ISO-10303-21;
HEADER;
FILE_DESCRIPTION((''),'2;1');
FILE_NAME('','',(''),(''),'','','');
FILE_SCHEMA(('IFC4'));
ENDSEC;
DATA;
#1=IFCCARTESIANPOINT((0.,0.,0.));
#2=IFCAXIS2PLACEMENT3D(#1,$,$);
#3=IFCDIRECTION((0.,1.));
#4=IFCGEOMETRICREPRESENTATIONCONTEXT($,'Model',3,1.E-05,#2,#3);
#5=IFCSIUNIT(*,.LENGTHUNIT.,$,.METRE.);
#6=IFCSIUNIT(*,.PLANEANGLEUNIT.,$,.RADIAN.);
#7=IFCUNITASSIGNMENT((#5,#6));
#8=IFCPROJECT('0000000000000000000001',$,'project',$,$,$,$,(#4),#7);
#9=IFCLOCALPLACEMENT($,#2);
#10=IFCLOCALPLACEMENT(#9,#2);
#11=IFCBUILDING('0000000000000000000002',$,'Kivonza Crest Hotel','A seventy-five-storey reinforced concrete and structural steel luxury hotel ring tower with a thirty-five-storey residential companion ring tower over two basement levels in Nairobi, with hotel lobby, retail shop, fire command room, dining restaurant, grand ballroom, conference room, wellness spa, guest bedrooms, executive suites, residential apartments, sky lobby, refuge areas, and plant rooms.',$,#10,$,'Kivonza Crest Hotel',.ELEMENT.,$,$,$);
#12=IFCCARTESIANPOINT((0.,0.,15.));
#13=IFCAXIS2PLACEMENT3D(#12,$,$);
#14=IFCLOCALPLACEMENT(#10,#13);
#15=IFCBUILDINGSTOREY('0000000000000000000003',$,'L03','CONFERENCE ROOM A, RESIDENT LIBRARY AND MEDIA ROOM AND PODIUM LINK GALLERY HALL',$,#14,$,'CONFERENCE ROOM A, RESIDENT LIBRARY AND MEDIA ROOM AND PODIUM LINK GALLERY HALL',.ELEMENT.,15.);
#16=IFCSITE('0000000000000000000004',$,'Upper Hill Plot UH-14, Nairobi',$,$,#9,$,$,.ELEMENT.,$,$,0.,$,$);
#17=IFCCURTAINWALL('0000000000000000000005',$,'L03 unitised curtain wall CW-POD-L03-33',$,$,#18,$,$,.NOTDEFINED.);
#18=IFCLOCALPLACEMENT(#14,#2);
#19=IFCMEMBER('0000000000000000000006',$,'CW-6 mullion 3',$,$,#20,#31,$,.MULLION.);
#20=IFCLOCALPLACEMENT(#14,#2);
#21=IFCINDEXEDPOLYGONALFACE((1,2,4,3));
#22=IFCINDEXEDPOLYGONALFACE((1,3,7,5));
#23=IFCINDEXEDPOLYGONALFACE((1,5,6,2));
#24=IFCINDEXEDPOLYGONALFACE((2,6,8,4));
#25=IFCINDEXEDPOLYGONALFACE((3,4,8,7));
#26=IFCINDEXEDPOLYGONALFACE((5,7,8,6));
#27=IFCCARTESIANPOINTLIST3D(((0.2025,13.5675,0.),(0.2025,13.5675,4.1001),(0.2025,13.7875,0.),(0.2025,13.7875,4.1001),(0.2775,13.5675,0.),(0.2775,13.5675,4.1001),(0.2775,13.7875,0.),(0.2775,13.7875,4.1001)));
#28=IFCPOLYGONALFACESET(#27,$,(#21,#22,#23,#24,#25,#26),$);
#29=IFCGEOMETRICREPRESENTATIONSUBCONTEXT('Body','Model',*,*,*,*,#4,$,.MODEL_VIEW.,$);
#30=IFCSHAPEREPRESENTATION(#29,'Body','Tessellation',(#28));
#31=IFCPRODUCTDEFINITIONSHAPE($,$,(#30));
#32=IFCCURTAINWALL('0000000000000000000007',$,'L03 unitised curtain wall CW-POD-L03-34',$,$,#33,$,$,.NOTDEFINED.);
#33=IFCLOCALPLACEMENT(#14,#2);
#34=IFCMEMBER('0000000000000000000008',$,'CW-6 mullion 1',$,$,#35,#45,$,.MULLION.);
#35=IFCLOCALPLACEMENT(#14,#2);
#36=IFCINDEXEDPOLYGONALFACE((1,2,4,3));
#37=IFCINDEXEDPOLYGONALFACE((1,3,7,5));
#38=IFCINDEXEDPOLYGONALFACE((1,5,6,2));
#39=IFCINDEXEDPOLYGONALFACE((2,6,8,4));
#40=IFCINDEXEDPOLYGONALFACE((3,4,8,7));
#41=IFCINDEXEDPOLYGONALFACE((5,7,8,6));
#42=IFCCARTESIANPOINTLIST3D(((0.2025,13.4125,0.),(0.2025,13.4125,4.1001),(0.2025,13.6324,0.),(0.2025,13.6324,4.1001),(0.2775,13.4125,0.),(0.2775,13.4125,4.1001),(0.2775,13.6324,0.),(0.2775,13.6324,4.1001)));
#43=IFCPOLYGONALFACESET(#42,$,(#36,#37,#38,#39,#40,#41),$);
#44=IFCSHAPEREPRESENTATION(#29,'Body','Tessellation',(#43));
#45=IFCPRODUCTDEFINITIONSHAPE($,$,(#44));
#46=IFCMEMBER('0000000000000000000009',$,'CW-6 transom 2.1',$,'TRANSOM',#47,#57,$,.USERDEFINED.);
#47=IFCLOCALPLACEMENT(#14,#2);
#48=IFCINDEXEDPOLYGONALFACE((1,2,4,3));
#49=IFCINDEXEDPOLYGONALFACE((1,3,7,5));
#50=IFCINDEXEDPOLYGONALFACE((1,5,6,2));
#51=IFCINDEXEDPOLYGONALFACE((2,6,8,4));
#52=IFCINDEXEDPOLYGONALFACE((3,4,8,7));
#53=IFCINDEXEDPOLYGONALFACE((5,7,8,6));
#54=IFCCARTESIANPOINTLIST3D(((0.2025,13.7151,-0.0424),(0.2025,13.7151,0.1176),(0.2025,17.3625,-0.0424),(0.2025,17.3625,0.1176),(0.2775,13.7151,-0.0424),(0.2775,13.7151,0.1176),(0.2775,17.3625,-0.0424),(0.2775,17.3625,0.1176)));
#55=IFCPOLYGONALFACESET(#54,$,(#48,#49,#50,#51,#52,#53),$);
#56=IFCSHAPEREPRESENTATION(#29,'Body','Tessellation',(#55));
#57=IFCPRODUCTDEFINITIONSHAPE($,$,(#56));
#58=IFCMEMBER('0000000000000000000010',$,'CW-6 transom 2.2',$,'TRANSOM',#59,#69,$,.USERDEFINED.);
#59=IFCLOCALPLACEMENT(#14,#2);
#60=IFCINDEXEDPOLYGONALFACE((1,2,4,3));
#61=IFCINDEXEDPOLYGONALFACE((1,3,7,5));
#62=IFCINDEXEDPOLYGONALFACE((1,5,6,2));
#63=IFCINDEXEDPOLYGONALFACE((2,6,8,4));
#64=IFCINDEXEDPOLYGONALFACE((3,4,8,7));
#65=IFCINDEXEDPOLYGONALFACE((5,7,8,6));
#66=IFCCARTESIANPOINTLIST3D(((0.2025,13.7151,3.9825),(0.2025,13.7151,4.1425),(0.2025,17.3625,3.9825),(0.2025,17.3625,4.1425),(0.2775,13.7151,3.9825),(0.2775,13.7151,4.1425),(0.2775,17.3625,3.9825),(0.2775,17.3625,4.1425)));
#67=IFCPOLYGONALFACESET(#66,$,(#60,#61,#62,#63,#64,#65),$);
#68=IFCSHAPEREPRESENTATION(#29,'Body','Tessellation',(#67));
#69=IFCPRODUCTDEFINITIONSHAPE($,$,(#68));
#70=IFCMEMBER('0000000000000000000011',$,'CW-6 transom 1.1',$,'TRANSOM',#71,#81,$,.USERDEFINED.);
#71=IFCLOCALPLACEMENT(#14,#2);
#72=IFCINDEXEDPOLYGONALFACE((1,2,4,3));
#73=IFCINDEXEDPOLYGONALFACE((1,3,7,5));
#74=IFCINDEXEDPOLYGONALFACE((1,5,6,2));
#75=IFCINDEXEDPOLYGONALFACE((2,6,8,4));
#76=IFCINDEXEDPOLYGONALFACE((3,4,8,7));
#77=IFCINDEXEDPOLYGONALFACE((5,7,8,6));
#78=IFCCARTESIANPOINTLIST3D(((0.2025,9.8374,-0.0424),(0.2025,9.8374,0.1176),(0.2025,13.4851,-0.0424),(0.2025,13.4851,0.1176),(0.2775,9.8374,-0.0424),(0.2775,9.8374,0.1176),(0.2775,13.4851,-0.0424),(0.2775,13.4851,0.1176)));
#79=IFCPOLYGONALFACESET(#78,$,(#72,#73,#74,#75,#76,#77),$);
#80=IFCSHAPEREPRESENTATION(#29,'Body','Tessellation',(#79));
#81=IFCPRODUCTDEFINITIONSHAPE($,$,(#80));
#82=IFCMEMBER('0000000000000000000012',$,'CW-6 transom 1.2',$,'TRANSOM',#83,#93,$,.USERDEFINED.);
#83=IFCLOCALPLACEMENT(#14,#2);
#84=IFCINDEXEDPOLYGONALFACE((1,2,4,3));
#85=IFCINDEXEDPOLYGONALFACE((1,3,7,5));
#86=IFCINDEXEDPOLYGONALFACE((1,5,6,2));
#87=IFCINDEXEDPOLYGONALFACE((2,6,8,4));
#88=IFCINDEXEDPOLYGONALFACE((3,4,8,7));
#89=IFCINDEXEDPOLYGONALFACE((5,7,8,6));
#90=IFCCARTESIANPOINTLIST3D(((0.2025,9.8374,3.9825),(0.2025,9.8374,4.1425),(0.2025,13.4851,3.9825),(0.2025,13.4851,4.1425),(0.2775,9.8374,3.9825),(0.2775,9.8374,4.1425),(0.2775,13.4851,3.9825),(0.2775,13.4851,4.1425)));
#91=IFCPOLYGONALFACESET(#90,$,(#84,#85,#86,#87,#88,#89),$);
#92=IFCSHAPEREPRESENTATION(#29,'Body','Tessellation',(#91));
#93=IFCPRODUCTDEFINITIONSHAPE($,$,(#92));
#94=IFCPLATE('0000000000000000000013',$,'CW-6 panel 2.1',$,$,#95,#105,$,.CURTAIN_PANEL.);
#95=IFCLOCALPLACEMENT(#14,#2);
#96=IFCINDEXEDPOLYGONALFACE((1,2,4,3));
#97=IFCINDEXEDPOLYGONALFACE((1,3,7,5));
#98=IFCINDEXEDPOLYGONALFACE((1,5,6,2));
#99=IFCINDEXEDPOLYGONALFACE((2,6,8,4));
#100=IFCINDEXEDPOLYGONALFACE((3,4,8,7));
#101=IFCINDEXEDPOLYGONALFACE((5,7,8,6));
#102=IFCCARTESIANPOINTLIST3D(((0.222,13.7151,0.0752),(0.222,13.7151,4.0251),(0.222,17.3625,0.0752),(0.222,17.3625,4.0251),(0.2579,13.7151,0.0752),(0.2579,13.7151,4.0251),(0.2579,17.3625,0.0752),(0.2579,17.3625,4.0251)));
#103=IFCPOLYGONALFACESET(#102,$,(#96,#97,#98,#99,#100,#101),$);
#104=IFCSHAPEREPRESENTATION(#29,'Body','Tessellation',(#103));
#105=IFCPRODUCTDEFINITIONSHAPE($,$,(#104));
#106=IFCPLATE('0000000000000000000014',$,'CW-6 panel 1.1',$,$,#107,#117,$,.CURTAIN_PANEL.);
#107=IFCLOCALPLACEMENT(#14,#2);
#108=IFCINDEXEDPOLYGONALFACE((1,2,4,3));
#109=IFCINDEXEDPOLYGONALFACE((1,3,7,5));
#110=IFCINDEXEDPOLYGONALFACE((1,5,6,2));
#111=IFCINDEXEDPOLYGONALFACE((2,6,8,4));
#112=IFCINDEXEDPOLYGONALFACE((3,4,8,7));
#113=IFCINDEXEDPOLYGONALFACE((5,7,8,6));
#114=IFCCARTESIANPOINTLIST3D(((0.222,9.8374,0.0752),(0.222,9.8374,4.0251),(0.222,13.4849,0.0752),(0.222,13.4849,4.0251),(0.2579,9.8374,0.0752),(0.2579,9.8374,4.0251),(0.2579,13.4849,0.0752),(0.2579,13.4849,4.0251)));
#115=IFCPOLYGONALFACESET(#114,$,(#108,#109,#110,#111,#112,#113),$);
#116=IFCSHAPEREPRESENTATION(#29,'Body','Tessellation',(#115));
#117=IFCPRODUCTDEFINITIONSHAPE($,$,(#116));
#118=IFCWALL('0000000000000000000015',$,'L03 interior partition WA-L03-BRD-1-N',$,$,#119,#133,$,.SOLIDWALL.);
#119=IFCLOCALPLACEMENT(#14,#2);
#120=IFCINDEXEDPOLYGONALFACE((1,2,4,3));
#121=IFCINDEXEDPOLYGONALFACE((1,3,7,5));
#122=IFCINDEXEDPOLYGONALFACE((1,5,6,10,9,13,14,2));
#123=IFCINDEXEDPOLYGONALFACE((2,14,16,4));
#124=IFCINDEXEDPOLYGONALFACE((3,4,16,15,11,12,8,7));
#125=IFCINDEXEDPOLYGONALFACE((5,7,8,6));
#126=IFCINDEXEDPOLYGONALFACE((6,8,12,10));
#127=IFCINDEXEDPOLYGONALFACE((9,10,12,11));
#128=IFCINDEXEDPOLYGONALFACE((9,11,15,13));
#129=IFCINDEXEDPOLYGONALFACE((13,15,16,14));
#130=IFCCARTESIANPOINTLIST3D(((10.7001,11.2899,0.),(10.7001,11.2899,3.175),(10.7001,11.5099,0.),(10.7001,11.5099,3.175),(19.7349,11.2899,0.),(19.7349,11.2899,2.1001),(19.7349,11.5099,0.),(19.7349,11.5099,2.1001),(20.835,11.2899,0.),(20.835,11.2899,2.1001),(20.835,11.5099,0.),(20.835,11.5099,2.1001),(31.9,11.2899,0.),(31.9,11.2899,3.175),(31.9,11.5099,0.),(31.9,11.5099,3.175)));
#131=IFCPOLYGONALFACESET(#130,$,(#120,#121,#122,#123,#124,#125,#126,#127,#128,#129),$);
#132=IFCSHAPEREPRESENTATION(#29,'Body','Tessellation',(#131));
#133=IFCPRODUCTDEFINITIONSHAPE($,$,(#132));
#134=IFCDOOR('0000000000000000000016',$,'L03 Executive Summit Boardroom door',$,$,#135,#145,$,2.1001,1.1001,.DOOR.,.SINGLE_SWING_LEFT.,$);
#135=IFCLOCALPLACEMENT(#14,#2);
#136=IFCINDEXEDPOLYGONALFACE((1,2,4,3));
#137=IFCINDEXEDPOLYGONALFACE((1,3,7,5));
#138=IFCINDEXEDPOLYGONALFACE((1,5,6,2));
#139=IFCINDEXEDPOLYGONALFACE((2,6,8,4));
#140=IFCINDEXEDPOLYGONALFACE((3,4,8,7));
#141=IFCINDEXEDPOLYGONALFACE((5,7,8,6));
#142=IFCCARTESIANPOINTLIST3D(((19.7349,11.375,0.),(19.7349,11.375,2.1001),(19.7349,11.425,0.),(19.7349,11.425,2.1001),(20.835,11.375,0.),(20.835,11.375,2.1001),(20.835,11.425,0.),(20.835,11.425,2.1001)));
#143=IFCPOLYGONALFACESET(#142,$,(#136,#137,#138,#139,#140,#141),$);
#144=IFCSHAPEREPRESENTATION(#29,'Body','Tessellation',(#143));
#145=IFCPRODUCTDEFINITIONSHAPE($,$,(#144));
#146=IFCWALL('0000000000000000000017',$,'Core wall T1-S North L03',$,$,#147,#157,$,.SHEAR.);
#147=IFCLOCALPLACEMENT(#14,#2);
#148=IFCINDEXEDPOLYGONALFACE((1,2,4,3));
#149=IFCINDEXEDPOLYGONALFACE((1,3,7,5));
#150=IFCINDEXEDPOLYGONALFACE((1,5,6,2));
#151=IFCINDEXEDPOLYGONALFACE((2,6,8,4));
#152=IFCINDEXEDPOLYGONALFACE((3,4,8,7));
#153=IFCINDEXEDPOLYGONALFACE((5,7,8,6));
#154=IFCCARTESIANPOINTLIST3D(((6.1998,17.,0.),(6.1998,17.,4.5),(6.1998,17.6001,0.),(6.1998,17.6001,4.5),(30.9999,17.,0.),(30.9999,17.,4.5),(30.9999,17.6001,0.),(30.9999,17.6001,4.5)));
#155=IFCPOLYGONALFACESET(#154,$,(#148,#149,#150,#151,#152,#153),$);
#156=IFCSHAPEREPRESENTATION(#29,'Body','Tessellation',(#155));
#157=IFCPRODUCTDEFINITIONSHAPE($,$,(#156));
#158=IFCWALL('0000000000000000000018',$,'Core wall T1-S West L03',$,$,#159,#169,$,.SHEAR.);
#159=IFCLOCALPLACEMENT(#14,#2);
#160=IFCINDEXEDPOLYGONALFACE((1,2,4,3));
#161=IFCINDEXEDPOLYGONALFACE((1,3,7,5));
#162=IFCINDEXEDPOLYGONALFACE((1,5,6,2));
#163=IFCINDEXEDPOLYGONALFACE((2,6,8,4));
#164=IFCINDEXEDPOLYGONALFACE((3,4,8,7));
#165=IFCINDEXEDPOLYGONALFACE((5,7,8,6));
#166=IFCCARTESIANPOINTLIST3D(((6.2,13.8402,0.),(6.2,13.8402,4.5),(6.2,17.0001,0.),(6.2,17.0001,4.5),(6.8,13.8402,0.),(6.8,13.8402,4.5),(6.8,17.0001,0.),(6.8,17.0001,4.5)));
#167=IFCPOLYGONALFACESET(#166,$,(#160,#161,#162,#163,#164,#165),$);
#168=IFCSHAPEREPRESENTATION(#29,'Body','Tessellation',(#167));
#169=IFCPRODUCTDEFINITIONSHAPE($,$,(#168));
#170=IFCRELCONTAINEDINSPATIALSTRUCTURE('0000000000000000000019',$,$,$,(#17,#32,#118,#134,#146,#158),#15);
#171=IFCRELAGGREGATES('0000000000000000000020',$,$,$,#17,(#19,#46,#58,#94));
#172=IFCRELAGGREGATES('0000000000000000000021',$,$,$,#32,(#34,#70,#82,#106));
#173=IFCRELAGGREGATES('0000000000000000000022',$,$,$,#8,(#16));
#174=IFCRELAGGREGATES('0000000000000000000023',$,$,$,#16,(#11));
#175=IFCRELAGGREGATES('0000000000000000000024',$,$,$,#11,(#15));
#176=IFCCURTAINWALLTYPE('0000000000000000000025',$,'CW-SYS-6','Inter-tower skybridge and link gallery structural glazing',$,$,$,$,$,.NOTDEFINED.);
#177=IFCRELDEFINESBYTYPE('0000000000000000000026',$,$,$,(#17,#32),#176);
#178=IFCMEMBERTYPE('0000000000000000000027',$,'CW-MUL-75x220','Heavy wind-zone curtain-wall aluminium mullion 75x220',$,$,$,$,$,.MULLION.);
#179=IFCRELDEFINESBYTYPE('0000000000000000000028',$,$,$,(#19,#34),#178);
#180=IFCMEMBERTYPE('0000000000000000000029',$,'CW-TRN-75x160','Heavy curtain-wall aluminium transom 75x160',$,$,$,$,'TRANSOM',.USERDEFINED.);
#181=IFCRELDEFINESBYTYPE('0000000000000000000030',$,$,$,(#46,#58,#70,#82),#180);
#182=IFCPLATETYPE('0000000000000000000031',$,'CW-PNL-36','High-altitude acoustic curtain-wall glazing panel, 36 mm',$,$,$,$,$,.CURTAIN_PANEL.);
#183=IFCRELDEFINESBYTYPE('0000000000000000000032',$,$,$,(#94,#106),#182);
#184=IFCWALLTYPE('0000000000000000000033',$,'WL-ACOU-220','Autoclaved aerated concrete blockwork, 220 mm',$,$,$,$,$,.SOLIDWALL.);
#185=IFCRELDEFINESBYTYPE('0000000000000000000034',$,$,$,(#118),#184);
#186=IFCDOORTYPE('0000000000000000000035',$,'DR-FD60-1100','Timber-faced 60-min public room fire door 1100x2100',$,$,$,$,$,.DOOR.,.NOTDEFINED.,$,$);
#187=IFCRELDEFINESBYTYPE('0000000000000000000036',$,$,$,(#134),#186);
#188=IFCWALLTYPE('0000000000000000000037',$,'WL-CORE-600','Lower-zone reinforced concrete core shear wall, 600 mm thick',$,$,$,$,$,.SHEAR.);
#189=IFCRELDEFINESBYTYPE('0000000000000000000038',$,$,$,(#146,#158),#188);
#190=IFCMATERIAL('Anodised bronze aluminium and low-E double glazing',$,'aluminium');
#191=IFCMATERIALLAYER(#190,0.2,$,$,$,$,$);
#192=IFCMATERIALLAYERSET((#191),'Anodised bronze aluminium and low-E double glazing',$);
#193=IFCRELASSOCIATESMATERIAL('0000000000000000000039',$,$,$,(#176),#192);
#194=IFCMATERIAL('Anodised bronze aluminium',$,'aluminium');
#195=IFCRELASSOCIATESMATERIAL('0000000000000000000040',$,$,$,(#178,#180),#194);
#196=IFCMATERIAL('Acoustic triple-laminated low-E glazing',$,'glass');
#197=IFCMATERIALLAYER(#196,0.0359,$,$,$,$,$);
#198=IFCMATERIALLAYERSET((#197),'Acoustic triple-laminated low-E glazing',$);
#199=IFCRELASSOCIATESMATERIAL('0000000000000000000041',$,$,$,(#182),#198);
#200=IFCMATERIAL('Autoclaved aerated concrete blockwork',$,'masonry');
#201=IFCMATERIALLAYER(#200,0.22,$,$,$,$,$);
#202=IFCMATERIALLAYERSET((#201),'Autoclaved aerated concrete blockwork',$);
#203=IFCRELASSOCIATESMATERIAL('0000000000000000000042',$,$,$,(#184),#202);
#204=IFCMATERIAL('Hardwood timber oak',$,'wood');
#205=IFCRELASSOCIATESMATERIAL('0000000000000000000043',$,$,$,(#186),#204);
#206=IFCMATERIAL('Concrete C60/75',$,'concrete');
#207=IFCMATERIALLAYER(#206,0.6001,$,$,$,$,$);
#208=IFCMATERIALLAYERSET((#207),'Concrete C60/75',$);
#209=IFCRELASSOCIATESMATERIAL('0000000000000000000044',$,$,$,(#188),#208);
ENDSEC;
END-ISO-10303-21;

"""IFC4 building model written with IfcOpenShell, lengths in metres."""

from ifc_helpers import new_model, si_unit, direction, frame, frame_2d, origin, origin_2d, place, context, subcontext, project, spatial, rectangle, extrude, material, layer, layer_set, material_profile, profile_set, type_object, element, fill, aggregate, save


model = new_model("IFC4")

# Units and contexts
model_context = context("Model", 3, precision=1e-05, world=origin(), true_north=direction((0.0, 1.0)))
body_context = subcontext(model_context, "Body", "Model", "MODEL_VIEW")
ifc_project = project(units=[si_unit("LENGTHUNIT", "METRE"), si_unit("PLANEANGLEUNIT", "RADIAN")], contexts=[model_context])

# Site, building, storey
site_placement = place(None, origin())
site = spatial("IfcSite", under=ifc_project, at=site_placement, Name="Upper Hill Plot UH-14, Nairobi", CompositionType="ELEMENT", RefElevation=0.0)
building_placement = place(site_placement, origin())
building = spatial("IfcBuilding", under=site, at=building_placement, Name="Kivonza Crest Hotel", Description="A seventy-five-storey reinforced concrete and structural steel luxury hotel ring tower with a thirty-five-storey residential companion ring tower over two basement levels in Nairobi, with hotel lobby, retail shop, fire command room, dining restaurant, grand ballroom, conference room, wellness spa, guest bedrooms, executive suites, residential apartments, sky lobby, refuge areas, and plant rooms.", LongName="Kivonza Crest Hotel", CompositionType="ELEMENT")
storey_placement = place(building_placement, frame((0.0, 0.0, 15.0)))
storey = spatial("IfcBuildingStorey", under=building, at=storey_placement, Name="L03", Description="CONFERENCE ROOM A, RESIDENT LIBRARY AND MEDIA ROOM AND PODIUM LINK GALLERY HALL", LongName="CONFERENCE ROOM A, RESIDENT LIBRARY AND MEDIA ROOM AND PODIUM LINK GALLERY HALL", CompositionType="ELEMENT", Elevation=15.0)

# Curtain walls, members
ifc_material_1 = material(Name="Anodised bronze aluminium and low-E double glazing", Category="aluminium")
ifc_layer_1 = layer(ifc_material_1, 0.2)
ifc_layer_set_1 = layer_set([ifc_layer_1], Name="Anodised bronze aluminium and low-E double glazing")
curtain_wall_type = type_object("IfcCurtainWallType", Name="CW-SYS-6", Description="Inter-tower skybridge and link gallery structural glazing", PredefinedType="NOTDEFINED", material=ifc_layer_set_1)
curtain_wall_1_placement = place(storey_placement, origin())
curtain_wall_1 = element("IfcCurtainWall", 1, at=curtain_wall_1_placement, inside=storey, type_object=curtain_wall_type, Name="L03 unitised curtain wall CW-POD-L03-33", PredefinedType="NOTDEFINED")
ifc_material_2 = material(Name="Anodised bronze aluminium", Category="aluminium")
ifc_material_profile_1 = material_profile(ifc_material_2, rectangle(XDim=0.075, YDim=0.22, at=origin_2d()), Name="CW-M 75x220")
ifc_profile_set_1 = profile_set([ifc_material_profile_1], Name="Anodised bronze aluminium")
member_type_1 = type_object("IfcMemberType", Name="CW-MUL-75x220", Description="Heavy wind-zone curtain-wall aluminium mullion 75x220", PredefinedType="MULLION", material=ifc_profile_set_1)
member_1_placement = place(storey_placement, frame((0.24, 13.6775, 0.0), z_axis=(0.0, 0.0, 1.0), x_axis=(1.0, 0.0, 0.0)))
member_1 = element("IfcMember", 2, at=member_1_placement, type_object=member_type_1, Name="CW-6 mullion 3", PredefinedType="MULLION", context=body_context, shape_type="SweptSolid", body=[
    extrude(rectangle(XDim=0.075, YDim=0.22, at=origin_2d()), origin(), (0.0, 0.0, 1.0), 4.1001),
])
curtain_wall_2_placement = place(storey_placement, origin())
curtain_wall_2 = element("IfcCurtainWall", 3, at=curtain_wall_2_placement, inside=storey, type_object=curtain_wall_type, Name="L03 unitised curtain wall CW-POD-L03-34", PredefinedType="NOTDEFINED")
member_2_placement = place(storey_placement, frame((0.24, 13.5225, 0.0), z_axis=(0.0, 0.0, 1.0), x_axis=(1.0, 0.0, 0.0)))
member_2 = element("IfcMember", 4, at=member_2_placement, type_object=member_type_1, Name="CW-6 mullion 1", PredefinedType="MULLION", context=body_context, shape_type="SweptSolid", body=[
    extrude(rectangle(XDim=0.075, YDim=0.22, at=origin_2d()), origin(), (0.0, 0.0, 1.0), 4.1001),
])

# Members
ifc_material_profile_2 = material_profile(ifc_material_2, rectangle(XDim=0.075, YDim=0.1599, at=origin_2d()), Name="CW-T 75x160")
ifc_profile_set_2 = profile_set([ifc_material_profile_2], Name="Anodised bronze aluminium")
member_type_2 = type_object("IfcMemberType", Name="CW-TRN-75x160", Description="Heavy curtain-wall aluminium transom 75x160", ElementType="TRANSOM", PredefinedType="USERDEFINED", material=ifc_profile_set_2)
member_3_placement = place(storey_placement, frame((0.24, 17.3625, 0.0376), z_axis=(0.0, -1.0, 0.0), x_axis=(1.0, 0.0, 0.0)))
member_3 = element("IfcMember", 5, at=member_3_placement, type_object=member_type_2, Name="CW-6 transom 2.1", ObjectType="TRANSOM", PredefinedType="USERDEFINED", context=body_context, shape_type="SweptSolid", body=[
    extrude(rectangle(XDim=0.075, YDim=0.1599, at=origin_2d()), origin(), (0.0, 0.0, 1.0), 3.6475),
])
member_4_placement = place(storey_placement, frame((0.24, 17.3625, 4.0625), z_axis=(0.0, -1.0, 0.0), x_axis=(1.0, 0.0, 0.0)))
member_4 = element("IfcMember", 6, at=member_4_placement, type_object=member_type_2, Name="CW-6 transom 2.2", ObjectType="TRANSOM", PredefinedType="USERDEFINED", context=body_context, shape_type="SweptSolid", body=[
    extrude(rectangle(XDim=0.075, YDim=0.1599, at=origin_2d()), origin(), (0.0, 0.0, 1.0), 3.6475),
])
member_5_placement = place(storey_placement, frame((0.24, 13.4851, 0.0376), z_axis=(0.0, -1.0, 0.0), x_axis=(1.0, 0.0, 0.0)))
member_5 = element("IfcMember", 7, at=member_5_placement, type_object=member_type_2, Name="CW-6 transom 1.1", ObjectType="TRANSOM", PredefinedType="USERDEFINED", context=body_context, shape_type="SweptSolid", body=[
    extrude(rectangle(XDim=0.075, YDim=0.1599, at=origin_2d()), origin(), (0.0, 0.0, 1.0), 3.6477),
])
member_6_placement = place(storey_placement, frame((0.24, 13.4851, 4.0625), z_axis=(0.0, -1.0, 0.0), x_axis=(1.0, 0.0, 0.0)))
member_6 = element("IfcMember", 8, at=member_6_placement, type_object=member_type_2, Name="CW-6 transom 1.2", ObjectType="TRANSOM", PredefinedType="USERDEFINED", context=body_context, shape_type="SweptSolid", body=[
    extrude(rectangle(XDim=0.075, YDim=0.1599, at=origin_2d()), origin(), (0.0, 0.0, 1.0), 3.6477),
])

# Plates
ifc_material_3 = material(Name="Acoustic triple-laminated low-E glazing", Category="glass")
ifc_layer_2 = layer(ifc_material_3, 0.0359)
ifc_layer_set_2 = layer_set([ifc_layer_2], Name="Acoustic triple-laminated low-E glazing")
plate_type = type_object("IfcPlateType", Name="CW-PNL-36", Description="High-altitude acoustic curtain-wall glazing panel, 36 mm", PredefinedType="CURTAIN_PANEL", material=ifc_layer_set_2)
plate_1_placement = place(storey_placement, frame((0.24, 15.5388, 0.0752), z_axis=(0.0, 0.0, 1.0), x_axis=(0.0, -1.0, 0.0)))
plate_1 = element("IfcPlate", 9, at=plate_1_placement, type_object=plate_type, Name="CW-6 panel 2.1", PredefinedType="CURTAIN_PANEL", context=body_context, shape_type="SweptSolid", body=[
    extrude(rectangle(XDim=3.6475, YDim=0.0359, at=origin_2d()), origin(), (0.0, 0.0, 1.0), 3.95),
])
aggregate(curtain_wall_1, [member_1, member_3, member_4, plate_1])
plate_2_placement = place(storey_placement, frame((0.24, 11.6611, 0.0752), z_axis=(0.0, 0.0, 1.0), x_axis=(0.0, -1.0, 0.0)))
plate_2 = element("IfcPlate", 10, at=plate_2_placement, type_object=plate_type, Name="CW-6 panel 1.1", PredefinedType="CURTAIN_PANEL", context=body_context, shape_type="SweptSolid", body=[
    extrude(rectangle(XDim=3.6475, YDim=0.0359, at=origin_2d()), origin(), (0.0, 0.0, 1.0), 3.95),
])
aggregate(curtain_wall_2, [member_2, member_5, member_6, plate_2])

# Wall, opening, door
ifc_material_4 = material(Name="Autoclaved aerated concrete blockwork", Category="masonry")
ifc_layer_3 = layer(ifc_material_4, 0.22)
ifc_layer_set_3 = layer_set([ifc_layer_3], Name="Autoclaved aerated concrete blockwork")
wall_type_1 = type_object("IfcWallType", Name="WL-ACOU-220", Description="Autoclaved aerated concrete blockwork, 220 mm", PredefinedType="SOLIDWALL", material=ifc_layer_set_3)
wall_1_placement = place(storey_placement, frame((10.7, 11.3999, 0.0), z_axis=(0.0, 0.0, 1.0), x_axis=(1.0, 0.0, 0.0)))
wall_1 = element("IfcWall", 11, at=wall_1_placement, inside=storey, type_object=wall_type_1, Name="L03 interior partition WA-L03-BRD-1-N", PredefinedType="SOLIDWALL", context=body_context, shape_type="SweptSolid", body=[
    extrude(rectangle(XDim=21.2, YDim=0.22, at=frame_2d((10.6001, 0.0))), origin(), (0.0, 0.0, 1.0), 3.175),
])
opening_1_placement = place(wall_1_placement, frame((9.0349, 0.0, 0.0)))
opening_1 = element("IfcOpeningElement", 12, at=opening_1_placement, cuts=wall_1, PredefinedType="OPENING", context=body_context, shape_type="SweptSolid", body=[
    extrude(rectangle(XDim=1.1001, YDim=2.1001, at=frame_2d((0.55, 1.05))), frame((0.0, 0.1201, 0.0), z_axis=(0.0, -1.0, 0.0), x_axis=(1.0, 0.0, 0.0)), (0.0, 0.0, 1.0), 0.24),
])
ifc_material_5 = material(Name="Hardwood timber oak", Category="wood")
door_type_1 = type_object("IfcDoorType", Name="DR-FD60-1100", Description="Timber-faced 60-min public room fire door 1100x2100", OperationType="NOTDEFINED", PredefinedType="DOOR", material=ifc_material_5)
door_1_placement = place(opening_1_placement, frame((1.1001, 0.0, 0.0), z_axis=(0.0, 0.0, 1.0), x_axis=(-1.0, 0.0, 0.0)))
door_1 = element("IfcDoor", 13, at=door_1_placement, inside=storey, type_object=door_type_1, Name="L03 Executive Summit Boardroom door", OperationType="SINGLE_SWING_LEFT", OverallHeight=2.1001, OverallWidth=1.1001, PredefinedType="DOOR", context=body_context, shape_type="SweptSolid", body=[
    extrude(rectangle(XDim=1.1001, YDim=2.1001, at=frame_2d((0.55, 1.05))), frame((0.0, 0.0249, 0.0), z_axis=(0.0, -1.0, 0.0), x_axis=(1.0, 0.0, 0.0)), (0.0, 0.0, 1.0), 0.05),
])
fill(opening_1, door_1)

# Shared definitions
ifc_material_6 = material(Name="Concrete C60/75", Category="concrete")
ifc_layer_4 = layer(ifc_material_6, 0.6001)
ifc_layer_set_4 = layer_set([ifc_layer_4], Name="Concrete C60/75")
wall_type_2 = type_object("IfcWallType", Name="WL-CORE-600", Description="Lower-zone reinforced concrete core shear wall, 600 mm thick", PredefinedType="SHEAR", material=ifc_layer_set_4)

# Walls
wall_2_placement = place(storey_placement, frame((6.2, 17.3, 0.0), z_axis=(0.0, 0.0, 1.0), x_axis=(1.0, 0.0, 0.0)))
element("IfcWall", 14, at=wall_2_placement, inside=storey, type_object=wall_type_2, Name="Core wall T1-S North L03", PredefinedType="SHEAR", context=body_context, shape_type="SweptSolid", body=[
    extrude(rectangle(XDim=24.8, YDim=0.6001, at=frame_2d((12.3999, 0.0))), origin(), (0.0, 0.0, 1.0), 4.5),
])
wall_3_placement = place(storey_placement, frame((6.5, 13.8401, 0.0), z_axis=(0.0, 0.0, 1.0), x_axis=(0.0, 1.0, 0.0)))
element("IfcWall", 15, at=wall_3_placement, inside=storey, type_object=wall_type_2, Name="Core wall T1-S West L03", PredefinedType="SHEAR", context=body_context, shape_type="SweptSolid", body=[
    extrude(rectangle(XDim=3.1599, YDim=0.6001, at=frame_2d((1.5801, 0.0))), origin(), (0.0, 0.0, 1.0), 4.5),
])

save(model, "model.ifc")
